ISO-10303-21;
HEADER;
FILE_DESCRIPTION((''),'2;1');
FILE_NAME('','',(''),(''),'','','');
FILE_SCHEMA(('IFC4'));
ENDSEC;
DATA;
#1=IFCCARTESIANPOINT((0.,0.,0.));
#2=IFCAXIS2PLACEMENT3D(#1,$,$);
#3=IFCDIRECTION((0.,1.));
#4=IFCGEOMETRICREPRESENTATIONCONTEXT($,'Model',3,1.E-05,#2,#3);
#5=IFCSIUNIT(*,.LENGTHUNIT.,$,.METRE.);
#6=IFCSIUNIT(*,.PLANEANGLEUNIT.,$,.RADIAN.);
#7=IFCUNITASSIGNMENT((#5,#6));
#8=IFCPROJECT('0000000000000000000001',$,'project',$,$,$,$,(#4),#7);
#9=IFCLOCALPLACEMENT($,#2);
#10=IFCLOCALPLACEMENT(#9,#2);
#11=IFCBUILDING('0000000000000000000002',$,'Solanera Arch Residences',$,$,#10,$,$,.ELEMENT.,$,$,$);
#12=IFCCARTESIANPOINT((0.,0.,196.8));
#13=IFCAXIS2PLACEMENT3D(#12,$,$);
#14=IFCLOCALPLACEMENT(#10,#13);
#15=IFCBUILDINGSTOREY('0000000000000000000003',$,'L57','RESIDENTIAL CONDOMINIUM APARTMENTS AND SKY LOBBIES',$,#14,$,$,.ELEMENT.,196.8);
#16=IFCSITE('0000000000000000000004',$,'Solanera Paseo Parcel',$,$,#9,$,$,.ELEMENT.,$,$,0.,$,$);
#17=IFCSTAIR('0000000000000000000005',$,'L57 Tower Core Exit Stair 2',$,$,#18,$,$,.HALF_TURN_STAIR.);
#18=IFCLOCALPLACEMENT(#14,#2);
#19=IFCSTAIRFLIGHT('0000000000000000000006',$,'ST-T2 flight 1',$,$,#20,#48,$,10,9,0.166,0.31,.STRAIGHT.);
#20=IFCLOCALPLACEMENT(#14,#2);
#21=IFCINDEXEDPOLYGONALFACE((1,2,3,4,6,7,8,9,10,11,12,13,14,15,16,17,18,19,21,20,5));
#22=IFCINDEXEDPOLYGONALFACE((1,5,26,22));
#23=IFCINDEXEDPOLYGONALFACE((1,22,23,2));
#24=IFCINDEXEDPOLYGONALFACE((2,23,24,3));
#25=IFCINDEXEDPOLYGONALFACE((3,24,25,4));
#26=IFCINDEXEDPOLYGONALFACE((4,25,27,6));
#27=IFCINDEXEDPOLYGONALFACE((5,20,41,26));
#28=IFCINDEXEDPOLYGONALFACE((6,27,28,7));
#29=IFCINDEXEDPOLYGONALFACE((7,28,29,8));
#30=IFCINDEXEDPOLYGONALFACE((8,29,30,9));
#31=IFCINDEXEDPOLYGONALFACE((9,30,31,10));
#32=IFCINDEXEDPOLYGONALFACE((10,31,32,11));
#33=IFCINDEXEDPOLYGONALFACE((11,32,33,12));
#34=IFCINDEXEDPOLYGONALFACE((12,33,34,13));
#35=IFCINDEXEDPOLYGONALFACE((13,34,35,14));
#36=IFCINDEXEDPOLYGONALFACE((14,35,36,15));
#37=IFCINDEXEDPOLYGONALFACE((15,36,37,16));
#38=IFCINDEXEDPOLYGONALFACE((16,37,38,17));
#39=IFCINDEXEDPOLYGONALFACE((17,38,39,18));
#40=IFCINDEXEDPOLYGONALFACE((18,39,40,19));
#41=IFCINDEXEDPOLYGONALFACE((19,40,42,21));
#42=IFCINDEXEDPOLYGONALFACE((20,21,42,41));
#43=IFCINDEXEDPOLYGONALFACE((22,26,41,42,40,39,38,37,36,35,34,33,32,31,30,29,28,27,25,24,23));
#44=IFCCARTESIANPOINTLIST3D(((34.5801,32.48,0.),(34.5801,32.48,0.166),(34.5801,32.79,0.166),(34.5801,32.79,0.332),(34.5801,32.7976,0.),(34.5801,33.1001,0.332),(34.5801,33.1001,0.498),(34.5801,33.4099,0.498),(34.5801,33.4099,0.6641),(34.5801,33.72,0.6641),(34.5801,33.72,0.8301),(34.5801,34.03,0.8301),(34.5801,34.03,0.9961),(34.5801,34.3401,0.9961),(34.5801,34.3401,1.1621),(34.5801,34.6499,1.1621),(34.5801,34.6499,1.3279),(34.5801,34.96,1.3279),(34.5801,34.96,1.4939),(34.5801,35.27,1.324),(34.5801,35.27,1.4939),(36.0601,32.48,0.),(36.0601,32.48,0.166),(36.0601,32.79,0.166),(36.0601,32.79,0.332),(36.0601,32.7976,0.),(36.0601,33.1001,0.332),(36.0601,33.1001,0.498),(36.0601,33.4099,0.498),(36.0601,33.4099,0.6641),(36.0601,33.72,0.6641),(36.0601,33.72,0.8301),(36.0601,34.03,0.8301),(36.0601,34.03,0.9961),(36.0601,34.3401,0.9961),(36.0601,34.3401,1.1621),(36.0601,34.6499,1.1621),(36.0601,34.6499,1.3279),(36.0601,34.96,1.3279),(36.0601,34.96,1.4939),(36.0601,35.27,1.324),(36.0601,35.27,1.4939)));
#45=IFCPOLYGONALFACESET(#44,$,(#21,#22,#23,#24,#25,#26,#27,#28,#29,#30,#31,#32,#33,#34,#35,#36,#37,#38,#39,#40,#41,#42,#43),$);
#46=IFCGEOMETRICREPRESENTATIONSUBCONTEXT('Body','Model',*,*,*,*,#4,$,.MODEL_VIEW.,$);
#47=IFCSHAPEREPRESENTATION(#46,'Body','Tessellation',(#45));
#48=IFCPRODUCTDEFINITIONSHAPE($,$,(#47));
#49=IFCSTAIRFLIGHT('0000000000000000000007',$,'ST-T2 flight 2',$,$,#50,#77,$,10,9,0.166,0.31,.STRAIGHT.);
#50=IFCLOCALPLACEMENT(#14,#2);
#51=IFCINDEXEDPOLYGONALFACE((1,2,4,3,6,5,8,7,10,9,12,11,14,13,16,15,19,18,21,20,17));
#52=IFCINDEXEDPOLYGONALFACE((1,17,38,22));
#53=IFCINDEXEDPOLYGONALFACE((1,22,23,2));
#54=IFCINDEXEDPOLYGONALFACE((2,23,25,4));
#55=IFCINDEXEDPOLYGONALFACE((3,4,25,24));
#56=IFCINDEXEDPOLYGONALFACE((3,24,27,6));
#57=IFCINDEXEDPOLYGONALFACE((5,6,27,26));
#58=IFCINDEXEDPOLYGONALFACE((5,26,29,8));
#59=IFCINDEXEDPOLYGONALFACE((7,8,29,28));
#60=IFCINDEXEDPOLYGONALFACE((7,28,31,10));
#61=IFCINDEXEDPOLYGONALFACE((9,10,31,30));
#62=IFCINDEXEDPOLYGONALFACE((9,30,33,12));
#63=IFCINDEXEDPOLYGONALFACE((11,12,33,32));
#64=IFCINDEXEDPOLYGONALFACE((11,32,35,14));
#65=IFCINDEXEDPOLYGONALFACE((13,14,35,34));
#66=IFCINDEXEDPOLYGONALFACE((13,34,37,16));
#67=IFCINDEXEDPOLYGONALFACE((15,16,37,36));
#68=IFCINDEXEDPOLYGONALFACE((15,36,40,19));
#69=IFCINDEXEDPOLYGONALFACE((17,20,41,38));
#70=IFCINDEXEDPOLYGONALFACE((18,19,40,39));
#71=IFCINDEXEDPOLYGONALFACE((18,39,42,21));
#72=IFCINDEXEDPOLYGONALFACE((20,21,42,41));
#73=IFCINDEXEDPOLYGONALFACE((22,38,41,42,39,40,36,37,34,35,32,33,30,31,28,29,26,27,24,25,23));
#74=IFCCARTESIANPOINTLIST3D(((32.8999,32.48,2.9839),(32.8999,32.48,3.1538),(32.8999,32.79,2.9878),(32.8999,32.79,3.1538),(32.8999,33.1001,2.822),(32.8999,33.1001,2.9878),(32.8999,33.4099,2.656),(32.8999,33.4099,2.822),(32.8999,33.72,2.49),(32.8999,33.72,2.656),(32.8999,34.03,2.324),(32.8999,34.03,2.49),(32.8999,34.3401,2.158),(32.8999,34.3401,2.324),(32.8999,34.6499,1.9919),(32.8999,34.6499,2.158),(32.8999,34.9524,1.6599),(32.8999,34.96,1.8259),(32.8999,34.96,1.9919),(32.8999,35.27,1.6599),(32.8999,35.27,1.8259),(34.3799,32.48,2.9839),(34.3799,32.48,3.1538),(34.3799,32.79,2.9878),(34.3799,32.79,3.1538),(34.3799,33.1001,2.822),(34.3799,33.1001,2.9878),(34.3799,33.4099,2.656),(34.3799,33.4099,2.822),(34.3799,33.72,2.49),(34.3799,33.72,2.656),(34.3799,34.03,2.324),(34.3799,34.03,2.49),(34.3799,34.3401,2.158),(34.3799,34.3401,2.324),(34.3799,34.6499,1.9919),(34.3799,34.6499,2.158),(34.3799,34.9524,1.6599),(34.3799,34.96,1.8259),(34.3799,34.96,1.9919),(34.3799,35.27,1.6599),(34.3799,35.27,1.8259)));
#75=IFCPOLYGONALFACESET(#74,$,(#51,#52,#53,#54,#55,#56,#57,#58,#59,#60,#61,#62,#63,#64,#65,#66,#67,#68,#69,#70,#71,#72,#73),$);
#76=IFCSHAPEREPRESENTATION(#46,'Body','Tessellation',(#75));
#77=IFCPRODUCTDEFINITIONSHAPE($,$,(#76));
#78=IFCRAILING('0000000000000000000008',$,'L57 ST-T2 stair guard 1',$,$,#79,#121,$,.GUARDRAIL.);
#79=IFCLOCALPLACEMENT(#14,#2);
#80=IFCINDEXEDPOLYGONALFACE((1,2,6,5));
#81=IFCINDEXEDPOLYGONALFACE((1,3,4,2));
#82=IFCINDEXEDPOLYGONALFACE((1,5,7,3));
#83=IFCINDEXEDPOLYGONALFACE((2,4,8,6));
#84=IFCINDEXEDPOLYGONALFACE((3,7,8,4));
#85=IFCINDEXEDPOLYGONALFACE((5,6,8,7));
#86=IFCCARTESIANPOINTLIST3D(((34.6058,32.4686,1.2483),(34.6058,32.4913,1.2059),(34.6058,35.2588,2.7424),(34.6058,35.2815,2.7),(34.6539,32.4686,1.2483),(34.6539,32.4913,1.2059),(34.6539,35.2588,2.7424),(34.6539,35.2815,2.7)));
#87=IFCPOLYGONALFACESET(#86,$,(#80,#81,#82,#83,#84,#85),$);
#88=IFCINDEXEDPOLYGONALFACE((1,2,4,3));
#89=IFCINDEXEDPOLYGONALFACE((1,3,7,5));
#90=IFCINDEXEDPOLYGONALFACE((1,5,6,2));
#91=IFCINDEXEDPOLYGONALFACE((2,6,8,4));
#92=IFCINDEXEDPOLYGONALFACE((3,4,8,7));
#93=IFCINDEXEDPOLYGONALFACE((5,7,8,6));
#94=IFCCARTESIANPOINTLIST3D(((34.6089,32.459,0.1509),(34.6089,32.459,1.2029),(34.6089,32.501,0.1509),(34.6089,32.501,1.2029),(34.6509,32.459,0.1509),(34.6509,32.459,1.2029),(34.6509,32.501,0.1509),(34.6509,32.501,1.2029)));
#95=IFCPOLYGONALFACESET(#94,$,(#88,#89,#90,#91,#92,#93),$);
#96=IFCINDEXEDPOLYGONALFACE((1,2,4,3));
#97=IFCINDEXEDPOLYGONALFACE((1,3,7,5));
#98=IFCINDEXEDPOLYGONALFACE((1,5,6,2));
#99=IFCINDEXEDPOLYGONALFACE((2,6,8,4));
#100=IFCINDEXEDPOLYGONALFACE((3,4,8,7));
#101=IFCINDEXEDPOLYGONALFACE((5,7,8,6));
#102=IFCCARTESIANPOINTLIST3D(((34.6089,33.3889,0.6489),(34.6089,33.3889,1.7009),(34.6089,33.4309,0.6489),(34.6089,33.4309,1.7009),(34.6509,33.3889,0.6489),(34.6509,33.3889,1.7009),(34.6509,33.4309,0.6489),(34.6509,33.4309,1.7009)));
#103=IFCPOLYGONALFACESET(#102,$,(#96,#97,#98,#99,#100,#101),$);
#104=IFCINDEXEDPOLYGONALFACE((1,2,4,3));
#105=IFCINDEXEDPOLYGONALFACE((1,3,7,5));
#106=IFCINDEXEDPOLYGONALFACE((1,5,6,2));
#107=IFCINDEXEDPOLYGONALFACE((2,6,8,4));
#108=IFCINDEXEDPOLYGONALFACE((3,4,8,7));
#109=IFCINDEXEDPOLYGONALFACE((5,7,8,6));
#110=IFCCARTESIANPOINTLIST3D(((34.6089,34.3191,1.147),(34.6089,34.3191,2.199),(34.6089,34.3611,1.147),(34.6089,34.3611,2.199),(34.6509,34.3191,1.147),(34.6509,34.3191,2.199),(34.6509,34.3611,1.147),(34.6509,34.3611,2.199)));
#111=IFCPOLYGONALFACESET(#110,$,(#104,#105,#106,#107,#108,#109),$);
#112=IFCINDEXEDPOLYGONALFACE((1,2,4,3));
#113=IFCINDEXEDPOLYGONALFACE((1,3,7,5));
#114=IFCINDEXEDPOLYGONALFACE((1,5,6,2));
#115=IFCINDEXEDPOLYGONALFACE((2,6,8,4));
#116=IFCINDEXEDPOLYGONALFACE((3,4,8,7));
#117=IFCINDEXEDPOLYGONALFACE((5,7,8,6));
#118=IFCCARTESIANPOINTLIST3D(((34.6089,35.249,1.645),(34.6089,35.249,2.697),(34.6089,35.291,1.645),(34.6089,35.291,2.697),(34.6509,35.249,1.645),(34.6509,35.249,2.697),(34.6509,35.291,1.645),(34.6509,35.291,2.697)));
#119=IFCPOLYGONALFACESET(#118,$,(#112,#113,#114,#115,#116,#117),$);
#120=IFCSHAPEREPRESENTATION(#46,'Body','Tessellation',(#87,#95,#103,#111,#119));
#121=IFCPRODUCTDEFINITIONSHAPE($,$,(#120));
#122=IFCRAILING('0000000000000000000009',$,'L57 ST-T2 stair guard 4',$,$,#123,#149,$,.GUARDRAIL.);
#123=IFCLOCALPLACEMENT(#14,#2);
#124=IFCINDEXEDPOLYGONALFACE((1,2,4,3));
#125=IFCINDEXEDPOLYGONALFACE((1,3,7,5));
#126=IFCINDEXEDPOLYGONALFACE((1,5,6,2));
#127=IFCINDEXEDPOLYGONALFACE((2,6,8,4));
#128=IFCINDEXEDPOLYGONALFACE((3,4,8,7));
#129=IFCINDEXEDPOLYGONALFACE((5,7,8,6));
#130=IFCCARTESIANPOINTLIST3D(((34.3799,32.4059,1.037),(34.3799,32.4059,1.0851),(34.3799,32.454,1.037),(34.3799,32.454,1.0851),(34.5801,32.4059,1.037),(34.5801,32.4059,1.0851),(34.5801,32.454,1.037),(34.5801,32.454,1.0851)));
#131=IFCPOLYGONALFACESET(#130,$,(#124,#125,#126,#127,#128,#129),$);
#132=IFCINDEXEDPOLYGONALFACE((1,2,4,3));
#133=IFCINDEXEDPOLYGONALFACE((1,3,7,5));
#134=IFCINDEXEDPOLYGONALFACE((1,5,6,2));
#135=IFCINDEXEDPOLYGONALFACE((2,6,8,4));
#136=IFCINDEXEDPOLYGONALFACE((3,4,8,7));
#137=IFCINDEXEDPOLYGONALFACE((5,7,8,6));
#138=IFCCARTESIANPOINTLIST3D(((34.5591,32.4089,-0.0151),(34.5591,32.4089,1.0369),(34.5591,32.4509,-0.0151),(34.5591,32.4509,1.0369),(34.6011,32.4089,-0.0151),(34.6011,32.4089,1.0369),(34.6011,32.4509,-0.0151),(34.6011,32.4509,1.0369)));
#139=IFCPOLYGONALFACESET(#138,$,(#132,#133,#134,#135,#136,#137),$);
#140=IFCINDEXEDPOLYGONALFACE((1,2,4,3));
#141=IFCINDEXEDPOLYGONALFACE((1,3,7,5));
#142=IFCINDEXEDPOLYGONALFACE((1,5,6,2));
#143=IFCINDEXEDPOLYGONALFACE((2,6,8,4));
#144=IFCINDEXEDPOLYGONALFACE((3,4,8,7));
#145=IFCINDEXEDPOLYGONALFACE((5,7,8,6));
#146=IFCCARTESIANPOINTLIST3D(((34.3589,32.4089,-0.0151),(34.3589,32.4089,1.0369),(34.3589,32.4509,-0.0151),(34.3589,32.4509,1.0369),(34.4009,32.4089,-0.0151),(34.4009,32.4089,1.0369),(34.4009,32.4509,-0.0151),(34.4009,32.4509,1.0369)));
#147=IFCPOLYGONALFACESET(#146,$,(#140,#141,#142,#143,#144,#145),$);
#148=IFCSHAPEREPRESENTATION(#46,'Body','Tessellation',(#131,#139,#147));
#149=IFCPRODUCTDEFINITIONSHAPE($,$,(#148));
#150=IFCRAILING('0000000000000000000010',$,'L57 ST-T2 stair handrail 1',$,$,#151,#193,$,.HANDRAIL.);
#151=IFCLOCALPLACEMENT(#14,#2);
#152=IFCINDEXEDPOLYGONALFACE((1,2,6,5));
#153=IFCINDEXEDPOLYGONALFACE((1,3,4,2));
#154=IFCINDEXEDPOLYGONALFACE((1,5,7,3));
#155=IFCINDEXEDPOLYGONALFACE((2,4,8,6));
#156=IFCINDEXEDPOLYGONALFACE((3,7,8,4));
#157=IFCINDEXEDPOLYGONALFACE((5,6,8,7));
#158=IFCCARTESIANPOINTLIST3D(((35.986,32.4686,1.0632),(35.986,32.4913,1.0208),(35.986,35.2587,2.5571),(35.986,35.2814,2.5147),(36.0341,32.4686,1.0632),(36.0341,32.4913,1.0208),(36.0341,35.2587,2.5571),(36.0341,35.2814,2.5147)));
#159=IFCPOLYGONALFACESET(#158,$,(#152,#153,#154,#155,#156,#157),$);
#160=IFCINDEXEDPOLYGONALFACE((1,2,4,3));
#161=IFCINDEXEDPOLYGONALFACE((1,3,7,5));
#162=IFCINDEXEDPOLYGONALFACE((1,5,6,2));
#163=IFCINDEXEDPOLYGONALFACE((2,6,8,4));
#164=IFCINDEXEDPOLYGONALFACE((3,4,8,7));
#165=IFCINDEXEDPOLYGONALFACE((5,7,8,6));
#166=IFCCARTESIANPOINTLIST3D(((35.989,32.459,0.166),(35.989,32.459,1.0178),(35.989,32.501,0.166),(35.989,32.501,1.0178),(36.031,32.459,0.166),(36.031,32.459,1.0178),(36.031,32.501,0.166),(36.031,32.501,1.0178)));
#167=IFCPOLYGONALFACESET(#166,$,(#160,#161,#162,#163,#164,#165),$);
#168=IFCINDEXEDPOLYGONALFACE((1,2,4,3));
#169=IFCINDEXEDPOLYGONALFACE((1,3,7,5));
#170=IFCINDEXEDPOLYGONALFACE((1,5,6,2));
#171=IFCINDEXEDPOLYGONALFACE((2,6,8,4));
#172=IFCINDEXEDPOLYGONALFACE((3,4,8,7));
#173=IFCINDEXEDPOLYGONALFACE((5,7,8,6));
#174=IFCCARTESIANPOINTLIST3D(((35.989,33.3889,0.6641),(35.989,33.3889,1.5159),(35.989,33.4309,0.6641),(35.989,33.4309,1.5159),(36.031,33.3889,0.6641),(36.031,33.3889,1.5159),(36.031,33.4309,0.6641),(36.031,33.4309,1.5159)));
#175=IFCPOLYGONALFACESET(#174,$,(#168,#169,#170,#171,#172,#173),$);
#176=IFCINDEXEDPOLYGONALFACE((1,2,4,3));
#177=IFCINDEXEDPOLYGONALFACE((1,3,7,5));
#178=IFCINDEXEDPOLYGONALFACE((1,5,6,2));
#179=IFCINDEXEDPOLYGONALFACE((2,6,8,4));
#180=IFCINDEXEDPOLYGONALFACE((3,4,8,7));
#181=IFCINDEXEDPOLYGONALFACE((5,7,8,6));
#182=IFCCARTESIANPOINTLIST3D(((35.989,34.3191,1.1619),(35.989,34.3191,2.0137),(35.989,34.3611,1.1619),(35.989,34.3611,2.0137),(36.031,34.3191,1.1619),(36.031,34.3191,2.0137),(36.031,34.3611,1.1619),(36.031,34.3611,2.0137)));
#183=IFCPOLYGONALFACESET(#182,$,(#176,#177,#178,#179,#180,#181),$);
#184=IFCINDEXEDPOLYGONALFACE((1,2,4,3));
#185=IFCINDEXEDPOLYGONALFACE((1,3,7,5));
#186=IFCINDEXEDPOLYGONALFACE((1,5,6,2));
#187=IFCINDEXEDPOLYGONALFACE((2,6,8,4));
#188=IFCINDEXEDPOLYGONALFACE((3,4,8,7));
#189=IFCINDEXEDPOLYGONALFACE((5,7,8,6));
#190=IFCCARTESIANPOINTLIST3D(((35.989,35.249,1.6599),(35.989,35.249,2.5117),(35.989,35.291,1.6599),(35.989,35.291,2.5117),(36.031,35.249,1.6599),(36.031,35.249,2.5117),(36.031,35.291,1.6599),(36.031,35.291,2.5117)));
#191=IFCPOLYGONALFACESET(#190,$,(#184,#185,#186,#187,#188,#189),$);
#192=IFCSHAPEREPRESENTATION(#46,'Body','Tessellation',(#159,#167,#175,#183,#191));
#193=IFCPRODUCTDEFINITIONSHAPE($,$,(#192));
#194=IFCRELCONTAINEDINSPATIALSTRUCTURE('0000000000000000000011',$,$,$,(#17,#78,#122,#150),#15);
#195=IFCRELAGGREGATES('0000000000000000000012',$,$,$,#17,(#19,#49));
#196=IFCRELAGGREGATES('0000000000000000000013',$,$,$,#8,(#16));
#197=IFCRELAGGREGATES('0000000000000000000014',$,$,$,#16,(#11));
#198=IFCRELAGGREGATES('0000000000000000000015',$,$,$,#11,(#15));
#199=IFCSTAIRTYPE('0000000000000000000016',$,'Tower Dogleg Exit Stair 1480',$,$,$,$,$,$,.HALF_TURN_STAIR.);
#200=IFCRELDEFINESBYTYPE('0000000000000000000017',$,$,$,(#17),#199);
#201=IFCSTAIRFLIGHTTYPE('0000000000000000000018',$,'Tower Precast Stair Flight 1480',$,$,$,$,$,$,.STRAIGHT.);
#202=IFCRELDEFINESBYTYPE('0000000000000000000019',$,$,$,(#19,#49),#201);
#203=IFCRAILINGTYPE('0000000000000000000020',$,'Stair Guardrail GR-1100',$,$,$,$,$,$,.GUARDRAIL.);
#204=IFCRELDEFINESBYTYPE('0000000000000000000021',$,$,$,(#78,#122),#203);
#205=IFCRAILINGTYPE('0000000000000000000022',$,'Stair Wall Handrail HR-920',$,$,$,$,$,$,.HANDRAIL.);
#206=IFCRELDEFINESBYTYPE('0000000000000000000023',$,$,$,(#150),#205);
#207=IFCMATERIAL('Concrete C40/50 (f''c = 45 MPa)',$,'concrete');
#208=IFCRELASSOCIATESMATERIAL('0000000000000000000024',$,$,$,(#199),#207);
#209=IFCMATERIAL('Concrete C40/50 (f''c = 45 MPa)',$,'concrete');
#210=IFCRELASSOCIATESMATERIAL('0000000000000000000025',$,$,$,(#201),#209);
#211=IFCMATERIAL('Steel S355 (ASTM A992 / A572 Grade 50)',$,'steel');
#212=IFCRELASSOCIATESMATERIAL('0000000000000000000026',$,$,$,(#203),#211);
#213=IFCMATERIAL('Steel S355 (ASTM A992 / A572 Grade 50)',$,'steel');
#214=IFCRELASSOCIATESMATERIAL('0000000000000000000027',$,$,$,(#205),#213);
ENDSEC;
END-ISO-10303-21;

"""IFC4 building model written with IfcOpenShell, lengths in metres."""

from ifc_helpers import new_model, si_unit, direction, frame, origin, origin_2d, place, context, subcontext, project, spatial, polyline, rectangle, outline, extrude, material, type_object, element, aggregate, save


model = new_model("IFC4")

# Units and contexts
model_context = context("Model", 3, precision=1e-05, world=origin(), true_north=direction((0.0, 1.0)))
body_context = subcontext(model_context, "Body", "Model", "MODEL_VIEW")
ifc_project = project(units=[si_unit("LENGTHUNIT", "METRE"), si_unit("PLANEANGLEUNIT", "RADIAN")], contexts=[model_context])

# Site, building, storey
site_placement = place(None, origin())
site = spatial("IfcSite", under=ifc_project, at=site_placement, Name="Solanera Paseo Parcel", CompositionType="ELEMENT", RefElevation=0.0)
building_placement = place(site_placement, origin())
building = spatial("IfcBuilding", under=site, at=building_placement, Name="Solanera Arch Residences", CompositionType="ELEMENT")
storey_placement = place(building_placement, frame((0.0, 0.0, 196.8)))
storey = spatial("IfcBuildingStorey", under=building, at=storey_placement, Name="L57", Description="RESIDENTIAL CONDOMINIUM APARTMENTS AND SKY LOBBIES", CompositionType="ELEMENT", Elevation=196.8)

# Stair, stair flights
ifc_material_1 = material(Name="Concrete C40/50 (f'c = 45 MPa)", Category="concrete")
stair_type = type_object("IfcStairType", Name="Tower Dogleg Exit Stair 1480", PredefinedType="HALF_TURN_STAIR", material=ifc_material_1)
stair_placement = place(storey_placement, origin())
stair = element("IfcStair", 1, at=stair_placement, inside=storey, type_object=stair_type, Name="L57 Tower Core Exit Stair 2", PredefinedType="HALF_TURN_STAIR")
ifc_material_2 = material(Name="Concrete C40/50 (f'c = 45 MPa)", Category="concrete")
stair_flight_type = type_object("IfcStairFlightType", Name="Tower Precast Stair Flight 1480", PredefinedType="STRAIGHT", material=ifc_material_2)
stair_flight_1_placement = place(storey_placement, frame((35.3201, 32.48, 0.0), z_axis=(0.0, 0.0, 1.0), x_axis=(0.0, 1.0, 0.0)))
stair_flight_1 = element("IfcStairFlight", 2, at=stair_flight_1_placement, type_object=stair_flight_type, Name="ST-T2 flight 1", NumberOfRisers=10, NumberOfTreads=9, PredefinedType="STRAIGHT", RiserHeight=0.166, TreadLength=0.31, context=body_context, shape_type="SweptSolid", body=[
    extrude(outline(polyline([(0.0, 0.0), (0.0, 0.166), (0.3101, 0.166), (0.3101, 0.332), (0.6201, 0.332), (0.6201, 0.498), (0.9299, 0.498), (0.9299, 0.6641), (1.24, 0.6641), (1.24, 0.8301), (1.55, 0.8301), (1.55, 0.9961), (1.8601, 0.9961), (1.8601, 1.1621), (2.1699, 1.1621), (2.1699, 1.3279), (2.48, 1.3279), (2.48, 1.4939), (2.79, 1.4939), (2.79, 1.6599), (2.79, 1.324), (0.3176, 0.0), (0.0, 0.0)])), frame((0.0, 0.74, 0.0), z_axis=(0.0, -1.0, 0.0), x_axis=(1.0, 0.0, 0.0)), (0.0, 0.0, 1.0), 1.48),
])
stair_flight_2_placement = place(storey_placement, frame((33.6399, 35.27, 1.6599), z_axis=(0.0, 0.0, 1.0), x_axis=(0.0, -1.0, 0.0)))
stair_flight_2 = element("IfcStairFlight", 3, at=stair_flight_2_placement, type_object=stair_flight_type, Name="ST-T2 flight 2", NumberOfRisers=10, NumberOfTreads=9, PredefinedType="STRAIGHT", RiserHeight=0.166, TreadLength=0.31, context=body_context, shape_type="SweptSolid", body=[
    extrude(outline(polyline([(0.0, 0.0), (0.0, 0.166), (0.3101, 0.166), (0.3101, 0.332), (0.6201, 0.332), (0.6201, 0.498), (0.9299, 0.498), (0.9299, 0.6641), (1.24, 0.6641), (1.24, 0.8301), (1.55, 0.8301), (1.55, 0.9961), (1.8601, 0.9961), (1.8601, 1.1621), (2.1699, 1.1621), (2.1699, 1.3279), (2.48, 1.3279), (2.48, 1.4939), (2.79, 1.4939), (2.79, 1.6599), (2.79, 1.324), (0.3176, 0.0), (0.0, 0.0)])), frame((0.0, 0.74, 0.0), z_axis=(0.0, -1.0, 0.0), x_axis=(1.0, 0.0, 0.0)), (0.0, 0.0, 1.0), 1.48),
])
aggregate(stair, [stair_flight_1, stair_flight_2])

# Railings
ifc_material_3 = material(Name="Steel S355 (ASTM A992 / A572 Grade 50)", Category="steel")
railing_type_1 = type_object("IfcRailingType", Name="Stair Guardrail GR-1100", PredefinedType="GUARDRAIL", material=ifc_material_3)
railing_1_placement = place(storey_placement, frame((34.6299, 32.48, 0.1509)))
element("IfcRailing", 4, at=railing_1_placement, inside=storey, type_object=railing_type_1, Name="L57 ST-T2 stair guard 1", PredefinedType="GUARDRAIL", context=body_context, shape_type="SweptSolid", body=[
    extrude(rectangle(XDim=0.0481, YDim=0.0481, at=origin_2d()), frame((0.0, 0.0, 1.0762), z_axis=(0.0, 0.881549, 0.472093), x_axis=(-1.0, 0.0, 0.0)), (0.0, 0.0, 1.0), 3.165),
    extrude(rectangle(XDim=0.042, YDim=0.042, at=origin_2d()), origin(), (0.0, 0.0, 1.0), 1.052),
    extrude(rectangle(XDim=0.042, YDim=0.042, at=origin_2d()), frame((0.0, 0.9299, 0.498)), (0.0, 0.0, 1.0), 1.052),
    extrude(rectangle(XDim=0.042, YDim=0.042, at=origin_2d()), frame((0.0, 1.8601, 0.9961)), (0.0, 0.0, 1.0), 1.052),
    extrude(rectangle(XDim=0.042, YDim=0.042, at=origin_2d()), frame((0.0, 2.79, 1.4941)), (0.0, 0.0, 1.0), 1.052),
])
railing_2_placement = place(storey_placement, frame((34.5801, 32.4299, -0.0151)))
element("IfcRailing", 5, at=railing_2_placement, inside=storey, type_object=railing_type_1, Name="L57 ST-T2 stair guard 4", PredefinedType="GUARDRAIL", context=body_context, shape_type="SweptSolid", body=[
    extrude(rectangle(XDim=0.0481, YDim=0.0481, at=origin_2d()), frame((0.0, 0.0, 1.0762), z_axis=(-1.0, 0.0, 0.0), x_axis=(0.0, -1.0, 0.0)), (0.0, 0.0, 1.0), 0.2002),
    extrude(rectangle(XDim=0.042, YDim=0.042, at=origin_2d()), origin(), (0.0, 0.0, 1.0), 1.052),
    extrude(rectangle(XDim=0.042, YDim=0.042, at=origin_2d()), frame((-0.2002, 0.0, 0.0)), (0.0, 0.0, 1.0), 1.052),
])
ifc_material_4 = material(Name="Steel S355 (ASTM A992 / A572 Grade 50)", Category="steel")
railing_type_2 = type_object("IfcRailingType", Name="Stair Wall Handrail HR-920", PredefinedType="HANDRAIL", material=ifc_material_4)
railing_3_placement = place(storey_placement, frame((36.01, 32.48, 0.166)))
element("IfcRailing", 6, at=railing_3_placement, inside=storey, type_object=railing_type_2, Name="L57 ST-T2 stair handrail 1", PredefinedType="HANDRAIL", context=body_context, shape_type="SweptSolid", body=[
    extrude(rectangle(XDim=0.0481, YDim=0.0481, at=origin_2d()), frame((0.0, 0.0, 0.876), z_axis=(0.0, 0.881581, 0.472033), x_axis=(-1.0, 0.0, 0.0)), (0.0, 0.0, 1.0), 3.1648),
    extrude(rectangle(XDim=0.042, YDim=0.042, at=origin_2d()), origin(), (0.0, 0.0, 1.0), 0.8518),
    extrude(rectangle(XDim=0.042, YDim=0.042, at=origin_2d()), frame((0.0, 0.9299, 0.498)), (0.0, 0.0, 1.0), 0.8518),
    extrude(rectangle(XDim=0.042, YDim=0.042, at=origin_2d()), frame((0.0, 1.8601, 0.9958)), (0.0, 0.0, 1.0), 0.8518),
    extrude(rectangle(XDim=0.042, YDim=0.042, at=origin_2d()), frame((0.0, 2.79, 1.4939)), (0.0, 0.0, 1.0), 0.8518),
])

save(model, "model.ifc")
